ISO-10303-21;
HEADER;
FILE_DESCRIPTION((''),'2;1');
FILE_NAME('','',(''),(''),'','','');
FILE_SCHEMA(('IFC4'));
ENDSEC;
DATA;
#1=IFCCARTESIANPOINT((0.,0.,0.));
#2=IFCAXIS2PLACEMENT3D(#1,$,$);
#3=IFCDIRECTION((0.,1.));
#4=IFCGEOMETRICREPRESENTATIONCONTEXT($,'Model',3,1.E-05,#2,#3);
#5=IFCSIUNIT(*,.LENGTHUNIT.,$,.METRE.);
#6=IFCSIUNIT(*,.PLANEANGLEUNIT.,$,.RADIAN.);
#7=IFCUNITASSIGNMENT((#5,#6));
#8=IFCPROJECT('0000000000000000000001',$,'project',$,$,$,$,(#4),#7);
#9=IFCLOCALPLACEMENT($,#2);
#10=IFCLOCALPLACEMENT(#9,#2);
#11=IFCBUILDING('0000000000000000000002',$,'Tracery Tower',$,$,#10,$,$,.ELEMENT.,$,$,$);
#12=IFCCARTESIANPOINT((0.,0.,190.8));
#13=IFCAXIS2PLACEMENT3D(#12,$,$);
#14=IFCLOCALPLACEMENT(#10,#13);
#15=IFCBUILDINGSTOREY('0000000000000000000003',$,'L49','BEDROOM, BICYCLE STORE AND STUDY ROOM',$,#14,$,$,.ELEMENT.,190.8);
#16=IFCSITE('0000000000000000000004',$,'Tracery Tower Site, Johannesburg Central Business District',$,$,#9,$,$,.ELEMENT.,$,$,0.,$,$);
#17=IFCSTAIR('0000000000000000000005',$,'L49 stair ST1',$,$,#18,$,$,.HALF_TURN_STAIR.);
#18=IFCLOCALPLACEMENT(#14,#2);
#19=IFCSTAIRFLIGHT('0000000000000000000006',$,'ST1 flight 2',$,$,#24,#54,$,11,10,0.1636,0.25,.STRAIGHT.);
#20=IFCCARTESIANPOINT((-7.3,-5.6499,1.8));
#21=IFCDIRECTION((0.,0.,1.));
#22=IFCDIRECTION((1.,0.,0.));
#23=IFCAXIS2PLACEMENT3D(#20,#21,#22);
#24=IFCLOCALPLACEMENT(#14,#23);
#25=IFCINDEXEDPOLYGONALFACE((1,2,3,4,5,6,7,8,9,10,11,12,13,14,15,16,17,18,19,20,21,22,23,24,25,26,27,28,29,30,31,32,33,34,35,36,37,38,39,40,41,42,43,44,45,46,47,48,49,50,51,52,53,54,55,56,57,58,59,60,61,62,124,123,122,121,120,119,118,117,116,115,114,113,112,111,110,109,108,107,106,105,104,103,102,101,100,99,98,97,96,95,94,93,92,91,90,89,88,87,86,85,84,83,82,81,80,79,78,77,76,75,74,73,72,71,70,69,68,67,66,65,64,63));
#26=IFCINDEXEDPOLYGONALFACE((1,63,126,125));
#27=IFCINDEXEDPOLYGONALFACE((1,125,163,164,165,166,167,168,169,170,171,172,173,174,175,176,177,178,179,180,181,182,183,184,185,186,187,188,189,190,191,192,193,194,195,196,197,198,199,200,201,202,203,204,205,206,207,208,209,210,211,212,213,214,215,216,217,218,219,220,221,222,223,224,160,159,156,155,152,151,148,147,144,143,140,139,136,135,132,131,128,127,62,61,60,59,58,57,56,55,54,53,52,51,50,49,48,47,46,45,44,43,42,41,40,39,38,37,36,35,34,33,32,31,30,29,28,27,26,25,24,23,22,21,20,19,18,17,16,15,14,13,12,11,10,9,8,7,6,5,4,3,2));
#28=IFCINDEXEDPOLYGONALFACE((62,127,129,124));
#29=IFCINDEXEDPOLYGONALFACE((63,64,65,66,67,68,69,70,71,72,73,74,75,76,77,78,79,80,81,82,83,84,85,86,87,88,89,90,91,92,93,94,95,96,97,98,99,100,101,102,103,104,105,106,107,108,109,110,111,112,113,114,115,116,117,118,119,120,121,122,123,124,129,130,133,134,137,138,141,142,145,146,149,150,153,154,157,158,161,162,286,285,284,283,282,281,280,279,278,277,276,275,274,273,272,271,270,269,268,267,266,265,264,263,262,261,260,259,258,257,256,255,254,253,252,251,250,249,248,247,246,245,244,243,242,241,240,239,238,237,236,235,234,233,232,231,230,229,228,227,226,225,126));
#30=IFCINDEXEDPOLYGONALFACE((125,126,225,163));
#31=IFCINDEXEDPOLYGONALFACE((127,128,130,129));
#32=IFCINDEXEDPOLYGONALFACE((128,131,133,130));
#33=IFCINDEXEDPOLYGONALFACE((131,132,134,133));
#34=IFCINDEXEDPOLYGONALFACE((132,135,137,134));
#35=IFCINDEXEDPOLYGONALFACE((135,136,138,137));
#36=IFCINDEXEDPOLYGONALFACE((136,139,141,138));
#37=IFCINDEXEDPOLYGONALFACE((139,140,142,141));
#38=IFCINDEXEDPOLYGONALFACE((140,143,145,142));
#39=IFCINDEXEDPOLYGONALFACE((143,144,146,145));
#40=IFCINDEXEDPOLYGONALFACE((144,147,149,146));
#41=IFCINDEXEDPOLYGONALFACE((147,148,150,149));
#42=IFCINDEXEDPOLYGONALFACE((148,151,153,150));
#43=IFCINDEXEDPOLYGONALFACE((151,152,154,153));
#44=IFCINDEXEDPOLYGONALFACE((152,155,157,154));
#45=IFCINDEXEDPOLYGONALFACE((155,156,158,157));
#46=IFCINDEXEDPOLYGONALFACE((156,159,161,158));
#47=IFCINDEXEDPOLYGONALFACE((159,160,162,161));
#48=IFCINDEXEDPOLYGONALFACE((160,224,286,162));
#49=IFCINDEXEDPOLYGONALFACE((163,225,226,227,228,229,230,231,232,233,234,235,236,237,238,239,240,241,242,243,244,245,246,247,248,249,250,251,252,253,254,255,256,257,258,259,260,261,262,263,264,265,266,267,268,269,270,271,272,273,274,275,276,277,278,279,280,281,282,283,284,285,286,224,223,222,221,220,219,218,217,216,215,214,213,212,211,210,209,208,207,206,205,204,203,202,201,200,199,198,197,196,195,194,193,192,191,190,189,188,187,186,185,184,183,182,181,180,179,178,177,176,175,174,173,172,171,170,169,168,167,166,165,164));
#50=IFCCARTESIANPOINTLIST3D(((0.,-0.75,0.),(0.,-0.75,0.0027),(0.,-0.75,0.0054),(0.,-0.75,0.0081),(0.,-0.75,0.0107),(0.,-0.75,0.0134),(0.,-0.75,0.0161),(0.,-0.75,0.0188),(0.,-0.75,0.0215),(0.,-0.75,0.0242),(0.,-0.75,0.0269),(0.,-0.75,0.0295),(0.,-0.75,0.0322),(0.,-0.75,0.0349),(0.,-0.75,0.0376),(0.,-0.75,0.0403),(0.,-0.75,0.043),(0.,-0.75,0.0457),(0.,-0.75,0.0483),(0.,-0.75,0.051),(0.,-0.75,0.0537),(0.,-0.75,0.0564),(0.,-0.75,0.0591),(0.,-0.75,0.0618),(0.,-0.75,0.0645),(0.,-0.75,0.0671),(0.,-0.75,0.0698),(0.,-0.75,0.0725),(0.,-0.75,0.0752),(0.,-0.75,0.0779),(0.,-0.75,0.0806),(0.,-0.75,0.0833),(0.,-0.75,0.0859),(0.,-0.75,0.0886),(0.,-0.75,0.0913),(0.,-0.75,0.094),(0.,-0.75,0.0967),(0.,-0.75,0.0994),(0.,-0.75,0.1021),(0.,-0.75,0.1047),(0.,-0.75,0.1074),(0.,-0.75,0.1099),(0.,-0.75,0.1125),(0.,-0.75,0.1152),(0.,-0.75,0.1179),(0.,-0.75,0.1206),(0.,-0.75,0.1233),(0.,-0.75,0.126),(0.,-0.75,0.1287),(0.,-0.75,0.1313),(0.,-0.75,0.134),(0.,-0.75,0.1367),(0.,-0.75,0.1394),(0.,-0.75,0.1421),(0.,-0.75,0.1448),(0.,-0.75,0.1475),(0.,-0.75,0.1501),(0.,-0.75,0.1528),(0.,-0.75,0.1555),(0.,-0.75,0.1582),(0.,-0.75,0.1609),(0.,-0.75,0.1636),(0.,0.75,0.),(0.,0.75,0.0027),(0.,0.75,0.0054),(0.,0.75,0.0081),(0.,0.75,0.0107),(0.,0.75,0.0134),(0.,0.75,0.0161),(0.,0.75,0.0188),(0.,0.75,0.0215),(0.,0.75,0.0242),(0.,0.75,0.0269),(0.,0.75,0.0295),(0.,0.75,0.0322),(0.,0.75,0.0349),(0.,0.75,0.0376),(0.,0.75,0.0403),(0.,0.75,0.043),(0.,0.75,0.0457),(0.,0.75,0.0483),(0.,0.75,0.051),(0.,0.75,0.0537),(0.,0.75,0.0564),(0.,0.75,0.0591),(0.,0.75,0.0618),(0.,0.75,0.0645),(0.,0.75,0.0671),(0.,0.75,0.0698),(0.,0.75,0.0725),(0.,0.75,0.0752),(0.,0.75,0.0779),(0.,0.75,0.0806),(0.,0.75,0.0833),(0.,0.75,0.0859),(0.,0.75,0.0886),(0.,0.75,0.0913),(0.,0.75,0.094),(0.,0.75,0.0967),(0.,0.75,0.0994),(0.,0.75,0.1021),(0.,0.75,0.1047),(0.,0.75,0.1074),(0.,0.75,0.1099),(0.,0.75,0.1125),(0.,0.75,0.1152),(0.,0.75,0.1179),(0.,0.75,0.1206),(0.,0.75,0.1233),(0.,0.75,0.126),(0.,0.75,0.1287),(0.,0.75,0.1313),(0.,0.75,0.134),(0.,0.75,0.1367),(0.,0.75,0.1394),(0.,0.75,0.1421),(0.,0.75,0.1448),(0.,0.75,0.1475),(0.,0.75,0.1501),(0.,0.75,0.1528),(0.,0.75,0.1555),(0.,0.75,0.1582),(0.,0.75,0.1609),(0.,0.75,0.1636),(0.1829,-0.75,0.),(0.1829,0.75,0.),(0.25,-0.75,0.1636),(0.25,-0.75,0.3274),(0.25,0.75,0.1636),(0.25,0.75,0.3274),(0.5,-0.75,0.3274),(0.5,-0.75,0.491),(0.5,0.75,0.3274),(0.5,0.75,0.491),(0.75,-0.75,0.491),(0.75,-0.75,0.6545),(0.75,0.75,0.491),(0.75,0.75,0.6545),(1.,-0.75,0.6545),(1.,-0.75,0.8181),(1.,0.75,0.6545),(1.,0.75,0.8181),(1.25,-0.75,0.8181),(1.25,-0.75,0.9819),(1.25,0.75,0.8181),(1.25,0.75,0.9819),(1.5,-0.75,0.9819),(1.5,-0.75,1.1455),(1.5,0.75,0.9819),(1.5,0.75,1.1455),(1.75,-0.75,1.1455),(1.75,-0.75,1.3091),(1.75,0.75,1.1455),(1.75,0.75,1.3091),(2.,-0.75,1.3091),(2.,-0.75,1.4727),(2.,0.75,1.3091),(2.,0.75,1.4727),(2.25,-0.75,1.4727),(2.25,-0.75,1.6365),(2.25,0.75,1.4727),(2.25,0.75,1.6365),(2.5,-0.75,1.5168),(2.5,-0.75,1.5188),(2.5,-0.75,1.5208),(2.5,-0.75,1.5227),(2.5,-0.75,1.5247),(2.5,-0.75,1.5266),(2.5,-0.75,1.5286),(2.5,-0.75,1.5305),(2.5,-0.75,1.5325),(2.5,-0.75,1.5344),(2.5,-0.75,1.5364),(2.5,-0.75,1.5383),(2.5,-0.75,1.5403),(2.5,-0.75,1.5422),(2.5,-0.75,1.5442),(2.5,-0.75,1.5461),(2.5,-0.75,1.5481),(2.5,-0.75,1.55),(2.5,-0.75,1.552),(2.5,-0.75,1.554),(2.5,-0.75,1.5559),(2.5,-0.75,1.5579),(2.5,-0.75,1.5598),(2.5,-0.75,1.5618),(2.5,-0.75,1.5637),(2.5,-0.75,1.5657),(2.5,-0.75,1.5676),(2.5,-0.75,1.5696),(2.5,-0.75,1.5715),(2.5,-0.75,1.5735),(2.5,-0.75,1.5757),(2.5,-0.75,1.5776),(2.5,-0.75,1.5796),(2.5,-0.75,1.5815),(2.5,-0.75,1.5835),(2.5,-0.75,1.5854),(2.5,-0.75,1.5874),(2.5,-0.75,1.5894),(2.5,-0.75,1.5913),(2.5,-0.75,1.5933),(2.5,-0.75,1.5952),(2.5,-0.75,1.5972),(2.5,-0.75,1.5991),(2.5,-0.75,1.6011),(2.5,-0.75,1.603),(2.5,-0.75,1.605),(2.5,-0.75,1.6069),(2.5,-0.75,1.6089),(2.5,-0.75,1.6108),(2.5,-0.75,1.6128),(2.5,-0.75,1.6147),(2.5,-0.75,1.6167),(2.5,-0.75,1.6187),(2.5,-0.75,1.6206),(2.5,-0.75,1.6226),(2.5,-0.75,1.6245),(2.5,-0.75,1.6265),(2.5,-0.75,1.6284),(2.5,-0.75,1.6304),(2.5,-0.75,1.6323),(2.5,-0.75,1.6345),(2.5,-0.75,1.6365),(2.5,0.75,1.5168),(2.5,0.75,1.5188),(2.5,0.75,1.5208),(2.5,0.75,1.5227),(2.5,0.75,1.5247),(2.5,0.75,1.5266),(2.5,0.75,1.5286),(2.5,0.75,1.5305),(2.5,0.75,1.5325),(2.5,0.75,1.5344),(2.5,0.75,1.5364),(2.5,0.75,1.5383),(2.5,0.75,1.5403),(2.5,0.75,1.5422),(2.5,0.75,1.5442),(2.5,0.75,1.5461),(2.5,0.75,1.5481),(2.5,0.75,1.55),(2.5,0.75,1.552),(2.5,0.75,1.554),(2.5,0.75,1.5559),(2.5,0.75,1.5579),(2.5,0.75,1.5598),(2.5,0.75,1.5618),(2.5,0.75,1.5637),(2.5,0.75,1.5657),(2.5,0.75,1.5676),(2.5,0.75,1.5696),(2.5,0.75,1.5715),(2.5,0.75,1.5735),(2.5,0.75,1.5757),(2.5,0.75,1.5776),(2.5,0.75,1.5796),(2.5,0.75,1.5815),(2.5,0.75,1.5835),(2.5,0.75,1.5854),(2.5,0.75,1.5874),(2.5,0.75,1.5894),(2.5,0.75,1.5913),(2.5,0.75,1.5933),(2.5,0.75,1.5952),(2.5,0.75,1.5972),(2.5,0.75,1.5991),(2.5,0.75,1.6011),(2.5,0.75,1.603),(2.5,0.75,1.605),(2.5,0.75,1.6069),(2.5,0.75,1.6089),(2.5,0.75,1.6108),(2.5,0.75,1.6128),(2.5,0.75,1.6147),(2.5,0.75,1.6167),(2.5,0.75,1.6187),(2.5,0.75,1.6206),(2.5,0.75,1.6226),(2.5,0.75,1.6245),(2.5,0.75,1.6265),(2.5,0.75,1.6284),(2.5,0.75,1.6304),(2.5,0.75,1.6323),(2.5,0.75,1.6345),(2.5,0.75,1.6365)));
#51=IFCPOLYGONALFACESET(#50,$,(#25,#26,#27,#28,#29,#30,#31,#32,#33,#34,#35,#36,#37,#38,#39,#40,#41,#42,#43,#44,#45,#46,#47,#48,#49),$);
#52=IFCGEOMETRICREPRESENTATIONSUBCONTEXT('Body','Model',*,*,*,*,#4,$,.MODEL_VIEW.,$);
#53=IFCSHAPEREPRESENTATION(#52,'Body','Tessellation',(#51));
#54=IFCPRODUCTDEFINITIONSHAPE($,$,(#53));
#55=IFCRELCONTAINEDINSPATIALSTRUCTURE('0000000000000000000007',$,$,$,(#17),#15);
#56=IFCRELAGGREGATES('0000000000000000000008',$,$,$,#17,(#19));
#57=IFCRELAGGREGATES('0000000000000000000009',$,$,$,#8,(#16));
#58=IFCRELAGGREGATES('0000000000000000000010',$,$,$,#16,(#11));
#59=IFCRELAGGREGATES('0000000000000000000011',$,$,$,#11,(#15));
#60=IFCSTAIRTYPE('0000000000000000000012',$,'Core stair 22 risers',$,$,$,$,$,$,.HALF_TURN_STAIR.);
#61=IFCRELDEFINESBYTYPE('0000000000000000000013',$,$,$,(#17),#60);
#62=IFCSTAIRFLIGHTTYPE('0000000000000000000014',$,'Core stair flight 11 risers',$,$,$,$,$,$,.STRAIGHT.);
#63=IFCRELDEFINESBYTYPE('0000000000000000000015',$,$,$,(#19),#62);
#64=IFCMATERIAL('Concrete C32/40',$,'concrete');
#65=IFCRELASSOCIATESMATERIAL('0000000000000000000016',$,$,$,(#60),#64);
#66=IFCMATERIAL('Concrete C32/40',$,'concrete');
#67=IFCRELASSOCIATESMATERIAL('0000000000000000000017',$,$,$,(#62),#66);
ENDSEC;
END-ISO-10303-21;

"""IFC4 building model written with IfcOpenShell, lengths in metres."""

from ifc_helpers import new_model, si_unit, direction, frame, origin, place, context, subcontext, project, spatial, polyline, outline, extrude, material, type_object, element, aggregate, save


model = new_model("IFC4")

# Units and contexts
model_context = context("Model", 3, precision=1e-05, world=origin(), true_north=direction((0.0, 1.0)))
body_context = subcontext(model_context, "Body", "Model", "MODEL_VIEW")
ifc_project = project(units=[si_unit("LENGTHUNIT", "METRE"), si_unit("PLANEANGLEUNIT", "RADIAN")], contexts=[model_context])

# Site, building, storey
site_placement = place(None, origin())
site = spatial("IfcSite", under=ifc_project, at=site_placement, Name="Tracery Tower Site, Johannesburg Central Business District", CompositionType="ELEMENT", RefElevation=0.0)
building_placement = place(site_placement, origin())
building = spatial("IfcBuilding", under=site, at=building_placement, Name="Tracery Tower", CompositionType="ELEMENT")
storey_placement = place(building_placement, frame((0.0, 0.0, 190.8)))
storey = spatial("IfcBuildingStorey", under=building, at=storey_placement, Name="L49", Description="BEDROOM, BICYCLE STORE AND STUDY ROOM", CompositionType="ELEMENT", Elevation=190.8)

# Stair, stair flight
ifc_material_1 = material(Name="Concrete C32/40", Category="concrete")
stair_type = type_object("IfcStairType", Name="Core stair 22 risers", PredefinedType="HALF_TURN_STAIR", material=ifc_material_1)
stair_placement = place(storey_placement, origin())
stair = element("IfcStair", 1, at=stair_placement, inside=storey, type_object=stair_type, Name="L49 stair ST1", PredefinedType="HALF_TURN_STAIR")
ifc_material_2 = material(Name="Concrete C32/40", Category="concrete")
stair_flight_type = type_object("IfcStairFlightType", Name="Core stair flight 11 risers", PredefinedType="STRAIGHT", material=ifc_material_2)
stair_flight_1_placement = place(storey_placement, frame((-7.3, -5.6499, 1.8), z_axis=(0.0, 0.0, 1.0), x_axis=(1.0, 0.0, 0.0)))
stair_flight_1 = element("IfcStairFlight", 2, at=stair_flight_1_placement, type_object=stair_flight_type, Name="ST1 flight 2", NumberOfRisers=11, NumberOfTreads=10, PredefinedType="STRAIGHT", RiserHeight=0.1636, TreadLength=0.25, context=body_context, shape_type="SweptSolid", body=[
    extrude(outline(polyline([(0.0, 0.0), (0.0, 0.0027), (0.0, 0.0054), (0.0, 0.0081), (0.0, 0.0107), (0.0, 0.0134), (0.0, 0.0161), (0.0, 0.0188), (0.0, 0.0215), (0.0, 0.0242), (0.0, 0.0269), (0.0, 0.0295), (0.0, 0.0322), (0.0, 0.0349), (0.0, 0.0376), (0.0, 0.0403), (0.0, 0.043), (0.0, 0.0457), (0.0, 0.0483), (0.0, 0.051), (0.0, 0.0537), (0.0, 0.0564), (0.0, 0.0591), (0.0, 0.0618), (0.0, 0.0645), (0.0, 0.0671), (0.0, 0.0698), (0.0, 0.0725), (0.0, 0.0752), (0.0, 0.0779), (0.0, 0.0806), (0.0, 0.0833), (0.0, 0.0859), (0.0, 0.0886), (0.0, 0.0913), (0.0, 0.094), (0.0, 0.0967), (0.0, 0.0994), (0.0, 0.1021), (0.0, 0.1047), (0.0, 0.1074), (0.0, 0.1099), (0.0, 0.1125), (0.0, 0.1152), (0.0, 0.1179), (0.0, 0.1206), (0.0, 0.1233), (0.0, 0.126), (0.0, 0.1287), (0.0, 0.1313), (0.0, 0.134), (0.0, 0.1367), (0.0, 0.1394), (0.0, 0.1421), (0.0, 0.1448), (0.0, 0.1475), (0.0, 0.1501), (0.0, 0.1528), (0.0, 0.1555), (0.0, 0.1582), (0.0, 0.1609), (0.0, 0.1636), (0.25, 0.1636), (0.25, 0.3274), (0.5, 0.3274), (0.5, 0.491), (0.75, 0.491), (0.75, 0.6545), (1.0, 0.6545), (1.0, 0.8181), (1.25, 0.8181), (1.25, 0.9819), (1.5, 0.9819), (1.5, 1.1455), (1.75, 1.1455), (1.75, 1.3091), (2.0, 1.3091), (2.0, 1.4727), (2.25, 1.4727), (2.25, 1.6365), (2.5, 1.6365), (2.5, 1.6345), (2.5, 1.6323), (2.5, 1.6304), (2.5, 1.6284), (2.5, 1.6265), (2.5, 1.6245), (2.5, 1.6226), (2.5, 1.6206), (2.5, 1.6187), (2.5, 1.6167), (2.5, 1.6147), (2.5, 1.6128), (2.5, 1.6108), (2.5, 1.6089), (2.5, 1.6069), (2.5, 1.605), (2.5, 1.603), (2.5, 1.6011), (2.5, 1.5991), (2.5, 1.5972), (2.5, 1.5952), (2.5, 1.5933), (2.5, 1.5913), (2.5, 1.5894), (2.5, 1.5874), (2.5, 1.5854), (2.5, 1.5835), (2.5, 1.5815), (2.5, 1.5796), (2.5, 1.5776), (2.5, 1.5757), (2.5, 1.5735), (2.5, 1.5715), (2.5, 1.5696), (2.5, 1.5676), (2.5, 1.5657), (2.5, 1.5637), (2.5, 1.5618), (2.5, 1.5598), (2.5, 1.5579), (2.5, 1.5559), (2.5, 1.554), (2.5, 1.552), (2.5, 1.55), (2.5, 1.5481), (2.5, 1.5461), (2.5, 1.5442), (2.5, 1.5422), (2.5, 1.5403), (2.5, 1.5383), (2.5, 1.5364), (2.5, 1.5344), (2.5, 1.5325), (2.5, 1.5305), (2.5, 1.5286), (2.5, 1.5266), (2.5, 1.5247), (2.5, 1.5227), (2.5, 1.5208), (2.5, 1.5188), (2.5, 1.5168), (0.1829, 0.0), (0.0, 0.0)])), frame((0.0, 0.75, 0.0), z_axis=(0.0, -1.0, 0.0), x_axis=(1.0, 0.0, 0.0)), (0.0, 0.0, 1.0), 1.5),
])
aggregate(stair, [stair_flight_1])

save(model, "model.ifc")
